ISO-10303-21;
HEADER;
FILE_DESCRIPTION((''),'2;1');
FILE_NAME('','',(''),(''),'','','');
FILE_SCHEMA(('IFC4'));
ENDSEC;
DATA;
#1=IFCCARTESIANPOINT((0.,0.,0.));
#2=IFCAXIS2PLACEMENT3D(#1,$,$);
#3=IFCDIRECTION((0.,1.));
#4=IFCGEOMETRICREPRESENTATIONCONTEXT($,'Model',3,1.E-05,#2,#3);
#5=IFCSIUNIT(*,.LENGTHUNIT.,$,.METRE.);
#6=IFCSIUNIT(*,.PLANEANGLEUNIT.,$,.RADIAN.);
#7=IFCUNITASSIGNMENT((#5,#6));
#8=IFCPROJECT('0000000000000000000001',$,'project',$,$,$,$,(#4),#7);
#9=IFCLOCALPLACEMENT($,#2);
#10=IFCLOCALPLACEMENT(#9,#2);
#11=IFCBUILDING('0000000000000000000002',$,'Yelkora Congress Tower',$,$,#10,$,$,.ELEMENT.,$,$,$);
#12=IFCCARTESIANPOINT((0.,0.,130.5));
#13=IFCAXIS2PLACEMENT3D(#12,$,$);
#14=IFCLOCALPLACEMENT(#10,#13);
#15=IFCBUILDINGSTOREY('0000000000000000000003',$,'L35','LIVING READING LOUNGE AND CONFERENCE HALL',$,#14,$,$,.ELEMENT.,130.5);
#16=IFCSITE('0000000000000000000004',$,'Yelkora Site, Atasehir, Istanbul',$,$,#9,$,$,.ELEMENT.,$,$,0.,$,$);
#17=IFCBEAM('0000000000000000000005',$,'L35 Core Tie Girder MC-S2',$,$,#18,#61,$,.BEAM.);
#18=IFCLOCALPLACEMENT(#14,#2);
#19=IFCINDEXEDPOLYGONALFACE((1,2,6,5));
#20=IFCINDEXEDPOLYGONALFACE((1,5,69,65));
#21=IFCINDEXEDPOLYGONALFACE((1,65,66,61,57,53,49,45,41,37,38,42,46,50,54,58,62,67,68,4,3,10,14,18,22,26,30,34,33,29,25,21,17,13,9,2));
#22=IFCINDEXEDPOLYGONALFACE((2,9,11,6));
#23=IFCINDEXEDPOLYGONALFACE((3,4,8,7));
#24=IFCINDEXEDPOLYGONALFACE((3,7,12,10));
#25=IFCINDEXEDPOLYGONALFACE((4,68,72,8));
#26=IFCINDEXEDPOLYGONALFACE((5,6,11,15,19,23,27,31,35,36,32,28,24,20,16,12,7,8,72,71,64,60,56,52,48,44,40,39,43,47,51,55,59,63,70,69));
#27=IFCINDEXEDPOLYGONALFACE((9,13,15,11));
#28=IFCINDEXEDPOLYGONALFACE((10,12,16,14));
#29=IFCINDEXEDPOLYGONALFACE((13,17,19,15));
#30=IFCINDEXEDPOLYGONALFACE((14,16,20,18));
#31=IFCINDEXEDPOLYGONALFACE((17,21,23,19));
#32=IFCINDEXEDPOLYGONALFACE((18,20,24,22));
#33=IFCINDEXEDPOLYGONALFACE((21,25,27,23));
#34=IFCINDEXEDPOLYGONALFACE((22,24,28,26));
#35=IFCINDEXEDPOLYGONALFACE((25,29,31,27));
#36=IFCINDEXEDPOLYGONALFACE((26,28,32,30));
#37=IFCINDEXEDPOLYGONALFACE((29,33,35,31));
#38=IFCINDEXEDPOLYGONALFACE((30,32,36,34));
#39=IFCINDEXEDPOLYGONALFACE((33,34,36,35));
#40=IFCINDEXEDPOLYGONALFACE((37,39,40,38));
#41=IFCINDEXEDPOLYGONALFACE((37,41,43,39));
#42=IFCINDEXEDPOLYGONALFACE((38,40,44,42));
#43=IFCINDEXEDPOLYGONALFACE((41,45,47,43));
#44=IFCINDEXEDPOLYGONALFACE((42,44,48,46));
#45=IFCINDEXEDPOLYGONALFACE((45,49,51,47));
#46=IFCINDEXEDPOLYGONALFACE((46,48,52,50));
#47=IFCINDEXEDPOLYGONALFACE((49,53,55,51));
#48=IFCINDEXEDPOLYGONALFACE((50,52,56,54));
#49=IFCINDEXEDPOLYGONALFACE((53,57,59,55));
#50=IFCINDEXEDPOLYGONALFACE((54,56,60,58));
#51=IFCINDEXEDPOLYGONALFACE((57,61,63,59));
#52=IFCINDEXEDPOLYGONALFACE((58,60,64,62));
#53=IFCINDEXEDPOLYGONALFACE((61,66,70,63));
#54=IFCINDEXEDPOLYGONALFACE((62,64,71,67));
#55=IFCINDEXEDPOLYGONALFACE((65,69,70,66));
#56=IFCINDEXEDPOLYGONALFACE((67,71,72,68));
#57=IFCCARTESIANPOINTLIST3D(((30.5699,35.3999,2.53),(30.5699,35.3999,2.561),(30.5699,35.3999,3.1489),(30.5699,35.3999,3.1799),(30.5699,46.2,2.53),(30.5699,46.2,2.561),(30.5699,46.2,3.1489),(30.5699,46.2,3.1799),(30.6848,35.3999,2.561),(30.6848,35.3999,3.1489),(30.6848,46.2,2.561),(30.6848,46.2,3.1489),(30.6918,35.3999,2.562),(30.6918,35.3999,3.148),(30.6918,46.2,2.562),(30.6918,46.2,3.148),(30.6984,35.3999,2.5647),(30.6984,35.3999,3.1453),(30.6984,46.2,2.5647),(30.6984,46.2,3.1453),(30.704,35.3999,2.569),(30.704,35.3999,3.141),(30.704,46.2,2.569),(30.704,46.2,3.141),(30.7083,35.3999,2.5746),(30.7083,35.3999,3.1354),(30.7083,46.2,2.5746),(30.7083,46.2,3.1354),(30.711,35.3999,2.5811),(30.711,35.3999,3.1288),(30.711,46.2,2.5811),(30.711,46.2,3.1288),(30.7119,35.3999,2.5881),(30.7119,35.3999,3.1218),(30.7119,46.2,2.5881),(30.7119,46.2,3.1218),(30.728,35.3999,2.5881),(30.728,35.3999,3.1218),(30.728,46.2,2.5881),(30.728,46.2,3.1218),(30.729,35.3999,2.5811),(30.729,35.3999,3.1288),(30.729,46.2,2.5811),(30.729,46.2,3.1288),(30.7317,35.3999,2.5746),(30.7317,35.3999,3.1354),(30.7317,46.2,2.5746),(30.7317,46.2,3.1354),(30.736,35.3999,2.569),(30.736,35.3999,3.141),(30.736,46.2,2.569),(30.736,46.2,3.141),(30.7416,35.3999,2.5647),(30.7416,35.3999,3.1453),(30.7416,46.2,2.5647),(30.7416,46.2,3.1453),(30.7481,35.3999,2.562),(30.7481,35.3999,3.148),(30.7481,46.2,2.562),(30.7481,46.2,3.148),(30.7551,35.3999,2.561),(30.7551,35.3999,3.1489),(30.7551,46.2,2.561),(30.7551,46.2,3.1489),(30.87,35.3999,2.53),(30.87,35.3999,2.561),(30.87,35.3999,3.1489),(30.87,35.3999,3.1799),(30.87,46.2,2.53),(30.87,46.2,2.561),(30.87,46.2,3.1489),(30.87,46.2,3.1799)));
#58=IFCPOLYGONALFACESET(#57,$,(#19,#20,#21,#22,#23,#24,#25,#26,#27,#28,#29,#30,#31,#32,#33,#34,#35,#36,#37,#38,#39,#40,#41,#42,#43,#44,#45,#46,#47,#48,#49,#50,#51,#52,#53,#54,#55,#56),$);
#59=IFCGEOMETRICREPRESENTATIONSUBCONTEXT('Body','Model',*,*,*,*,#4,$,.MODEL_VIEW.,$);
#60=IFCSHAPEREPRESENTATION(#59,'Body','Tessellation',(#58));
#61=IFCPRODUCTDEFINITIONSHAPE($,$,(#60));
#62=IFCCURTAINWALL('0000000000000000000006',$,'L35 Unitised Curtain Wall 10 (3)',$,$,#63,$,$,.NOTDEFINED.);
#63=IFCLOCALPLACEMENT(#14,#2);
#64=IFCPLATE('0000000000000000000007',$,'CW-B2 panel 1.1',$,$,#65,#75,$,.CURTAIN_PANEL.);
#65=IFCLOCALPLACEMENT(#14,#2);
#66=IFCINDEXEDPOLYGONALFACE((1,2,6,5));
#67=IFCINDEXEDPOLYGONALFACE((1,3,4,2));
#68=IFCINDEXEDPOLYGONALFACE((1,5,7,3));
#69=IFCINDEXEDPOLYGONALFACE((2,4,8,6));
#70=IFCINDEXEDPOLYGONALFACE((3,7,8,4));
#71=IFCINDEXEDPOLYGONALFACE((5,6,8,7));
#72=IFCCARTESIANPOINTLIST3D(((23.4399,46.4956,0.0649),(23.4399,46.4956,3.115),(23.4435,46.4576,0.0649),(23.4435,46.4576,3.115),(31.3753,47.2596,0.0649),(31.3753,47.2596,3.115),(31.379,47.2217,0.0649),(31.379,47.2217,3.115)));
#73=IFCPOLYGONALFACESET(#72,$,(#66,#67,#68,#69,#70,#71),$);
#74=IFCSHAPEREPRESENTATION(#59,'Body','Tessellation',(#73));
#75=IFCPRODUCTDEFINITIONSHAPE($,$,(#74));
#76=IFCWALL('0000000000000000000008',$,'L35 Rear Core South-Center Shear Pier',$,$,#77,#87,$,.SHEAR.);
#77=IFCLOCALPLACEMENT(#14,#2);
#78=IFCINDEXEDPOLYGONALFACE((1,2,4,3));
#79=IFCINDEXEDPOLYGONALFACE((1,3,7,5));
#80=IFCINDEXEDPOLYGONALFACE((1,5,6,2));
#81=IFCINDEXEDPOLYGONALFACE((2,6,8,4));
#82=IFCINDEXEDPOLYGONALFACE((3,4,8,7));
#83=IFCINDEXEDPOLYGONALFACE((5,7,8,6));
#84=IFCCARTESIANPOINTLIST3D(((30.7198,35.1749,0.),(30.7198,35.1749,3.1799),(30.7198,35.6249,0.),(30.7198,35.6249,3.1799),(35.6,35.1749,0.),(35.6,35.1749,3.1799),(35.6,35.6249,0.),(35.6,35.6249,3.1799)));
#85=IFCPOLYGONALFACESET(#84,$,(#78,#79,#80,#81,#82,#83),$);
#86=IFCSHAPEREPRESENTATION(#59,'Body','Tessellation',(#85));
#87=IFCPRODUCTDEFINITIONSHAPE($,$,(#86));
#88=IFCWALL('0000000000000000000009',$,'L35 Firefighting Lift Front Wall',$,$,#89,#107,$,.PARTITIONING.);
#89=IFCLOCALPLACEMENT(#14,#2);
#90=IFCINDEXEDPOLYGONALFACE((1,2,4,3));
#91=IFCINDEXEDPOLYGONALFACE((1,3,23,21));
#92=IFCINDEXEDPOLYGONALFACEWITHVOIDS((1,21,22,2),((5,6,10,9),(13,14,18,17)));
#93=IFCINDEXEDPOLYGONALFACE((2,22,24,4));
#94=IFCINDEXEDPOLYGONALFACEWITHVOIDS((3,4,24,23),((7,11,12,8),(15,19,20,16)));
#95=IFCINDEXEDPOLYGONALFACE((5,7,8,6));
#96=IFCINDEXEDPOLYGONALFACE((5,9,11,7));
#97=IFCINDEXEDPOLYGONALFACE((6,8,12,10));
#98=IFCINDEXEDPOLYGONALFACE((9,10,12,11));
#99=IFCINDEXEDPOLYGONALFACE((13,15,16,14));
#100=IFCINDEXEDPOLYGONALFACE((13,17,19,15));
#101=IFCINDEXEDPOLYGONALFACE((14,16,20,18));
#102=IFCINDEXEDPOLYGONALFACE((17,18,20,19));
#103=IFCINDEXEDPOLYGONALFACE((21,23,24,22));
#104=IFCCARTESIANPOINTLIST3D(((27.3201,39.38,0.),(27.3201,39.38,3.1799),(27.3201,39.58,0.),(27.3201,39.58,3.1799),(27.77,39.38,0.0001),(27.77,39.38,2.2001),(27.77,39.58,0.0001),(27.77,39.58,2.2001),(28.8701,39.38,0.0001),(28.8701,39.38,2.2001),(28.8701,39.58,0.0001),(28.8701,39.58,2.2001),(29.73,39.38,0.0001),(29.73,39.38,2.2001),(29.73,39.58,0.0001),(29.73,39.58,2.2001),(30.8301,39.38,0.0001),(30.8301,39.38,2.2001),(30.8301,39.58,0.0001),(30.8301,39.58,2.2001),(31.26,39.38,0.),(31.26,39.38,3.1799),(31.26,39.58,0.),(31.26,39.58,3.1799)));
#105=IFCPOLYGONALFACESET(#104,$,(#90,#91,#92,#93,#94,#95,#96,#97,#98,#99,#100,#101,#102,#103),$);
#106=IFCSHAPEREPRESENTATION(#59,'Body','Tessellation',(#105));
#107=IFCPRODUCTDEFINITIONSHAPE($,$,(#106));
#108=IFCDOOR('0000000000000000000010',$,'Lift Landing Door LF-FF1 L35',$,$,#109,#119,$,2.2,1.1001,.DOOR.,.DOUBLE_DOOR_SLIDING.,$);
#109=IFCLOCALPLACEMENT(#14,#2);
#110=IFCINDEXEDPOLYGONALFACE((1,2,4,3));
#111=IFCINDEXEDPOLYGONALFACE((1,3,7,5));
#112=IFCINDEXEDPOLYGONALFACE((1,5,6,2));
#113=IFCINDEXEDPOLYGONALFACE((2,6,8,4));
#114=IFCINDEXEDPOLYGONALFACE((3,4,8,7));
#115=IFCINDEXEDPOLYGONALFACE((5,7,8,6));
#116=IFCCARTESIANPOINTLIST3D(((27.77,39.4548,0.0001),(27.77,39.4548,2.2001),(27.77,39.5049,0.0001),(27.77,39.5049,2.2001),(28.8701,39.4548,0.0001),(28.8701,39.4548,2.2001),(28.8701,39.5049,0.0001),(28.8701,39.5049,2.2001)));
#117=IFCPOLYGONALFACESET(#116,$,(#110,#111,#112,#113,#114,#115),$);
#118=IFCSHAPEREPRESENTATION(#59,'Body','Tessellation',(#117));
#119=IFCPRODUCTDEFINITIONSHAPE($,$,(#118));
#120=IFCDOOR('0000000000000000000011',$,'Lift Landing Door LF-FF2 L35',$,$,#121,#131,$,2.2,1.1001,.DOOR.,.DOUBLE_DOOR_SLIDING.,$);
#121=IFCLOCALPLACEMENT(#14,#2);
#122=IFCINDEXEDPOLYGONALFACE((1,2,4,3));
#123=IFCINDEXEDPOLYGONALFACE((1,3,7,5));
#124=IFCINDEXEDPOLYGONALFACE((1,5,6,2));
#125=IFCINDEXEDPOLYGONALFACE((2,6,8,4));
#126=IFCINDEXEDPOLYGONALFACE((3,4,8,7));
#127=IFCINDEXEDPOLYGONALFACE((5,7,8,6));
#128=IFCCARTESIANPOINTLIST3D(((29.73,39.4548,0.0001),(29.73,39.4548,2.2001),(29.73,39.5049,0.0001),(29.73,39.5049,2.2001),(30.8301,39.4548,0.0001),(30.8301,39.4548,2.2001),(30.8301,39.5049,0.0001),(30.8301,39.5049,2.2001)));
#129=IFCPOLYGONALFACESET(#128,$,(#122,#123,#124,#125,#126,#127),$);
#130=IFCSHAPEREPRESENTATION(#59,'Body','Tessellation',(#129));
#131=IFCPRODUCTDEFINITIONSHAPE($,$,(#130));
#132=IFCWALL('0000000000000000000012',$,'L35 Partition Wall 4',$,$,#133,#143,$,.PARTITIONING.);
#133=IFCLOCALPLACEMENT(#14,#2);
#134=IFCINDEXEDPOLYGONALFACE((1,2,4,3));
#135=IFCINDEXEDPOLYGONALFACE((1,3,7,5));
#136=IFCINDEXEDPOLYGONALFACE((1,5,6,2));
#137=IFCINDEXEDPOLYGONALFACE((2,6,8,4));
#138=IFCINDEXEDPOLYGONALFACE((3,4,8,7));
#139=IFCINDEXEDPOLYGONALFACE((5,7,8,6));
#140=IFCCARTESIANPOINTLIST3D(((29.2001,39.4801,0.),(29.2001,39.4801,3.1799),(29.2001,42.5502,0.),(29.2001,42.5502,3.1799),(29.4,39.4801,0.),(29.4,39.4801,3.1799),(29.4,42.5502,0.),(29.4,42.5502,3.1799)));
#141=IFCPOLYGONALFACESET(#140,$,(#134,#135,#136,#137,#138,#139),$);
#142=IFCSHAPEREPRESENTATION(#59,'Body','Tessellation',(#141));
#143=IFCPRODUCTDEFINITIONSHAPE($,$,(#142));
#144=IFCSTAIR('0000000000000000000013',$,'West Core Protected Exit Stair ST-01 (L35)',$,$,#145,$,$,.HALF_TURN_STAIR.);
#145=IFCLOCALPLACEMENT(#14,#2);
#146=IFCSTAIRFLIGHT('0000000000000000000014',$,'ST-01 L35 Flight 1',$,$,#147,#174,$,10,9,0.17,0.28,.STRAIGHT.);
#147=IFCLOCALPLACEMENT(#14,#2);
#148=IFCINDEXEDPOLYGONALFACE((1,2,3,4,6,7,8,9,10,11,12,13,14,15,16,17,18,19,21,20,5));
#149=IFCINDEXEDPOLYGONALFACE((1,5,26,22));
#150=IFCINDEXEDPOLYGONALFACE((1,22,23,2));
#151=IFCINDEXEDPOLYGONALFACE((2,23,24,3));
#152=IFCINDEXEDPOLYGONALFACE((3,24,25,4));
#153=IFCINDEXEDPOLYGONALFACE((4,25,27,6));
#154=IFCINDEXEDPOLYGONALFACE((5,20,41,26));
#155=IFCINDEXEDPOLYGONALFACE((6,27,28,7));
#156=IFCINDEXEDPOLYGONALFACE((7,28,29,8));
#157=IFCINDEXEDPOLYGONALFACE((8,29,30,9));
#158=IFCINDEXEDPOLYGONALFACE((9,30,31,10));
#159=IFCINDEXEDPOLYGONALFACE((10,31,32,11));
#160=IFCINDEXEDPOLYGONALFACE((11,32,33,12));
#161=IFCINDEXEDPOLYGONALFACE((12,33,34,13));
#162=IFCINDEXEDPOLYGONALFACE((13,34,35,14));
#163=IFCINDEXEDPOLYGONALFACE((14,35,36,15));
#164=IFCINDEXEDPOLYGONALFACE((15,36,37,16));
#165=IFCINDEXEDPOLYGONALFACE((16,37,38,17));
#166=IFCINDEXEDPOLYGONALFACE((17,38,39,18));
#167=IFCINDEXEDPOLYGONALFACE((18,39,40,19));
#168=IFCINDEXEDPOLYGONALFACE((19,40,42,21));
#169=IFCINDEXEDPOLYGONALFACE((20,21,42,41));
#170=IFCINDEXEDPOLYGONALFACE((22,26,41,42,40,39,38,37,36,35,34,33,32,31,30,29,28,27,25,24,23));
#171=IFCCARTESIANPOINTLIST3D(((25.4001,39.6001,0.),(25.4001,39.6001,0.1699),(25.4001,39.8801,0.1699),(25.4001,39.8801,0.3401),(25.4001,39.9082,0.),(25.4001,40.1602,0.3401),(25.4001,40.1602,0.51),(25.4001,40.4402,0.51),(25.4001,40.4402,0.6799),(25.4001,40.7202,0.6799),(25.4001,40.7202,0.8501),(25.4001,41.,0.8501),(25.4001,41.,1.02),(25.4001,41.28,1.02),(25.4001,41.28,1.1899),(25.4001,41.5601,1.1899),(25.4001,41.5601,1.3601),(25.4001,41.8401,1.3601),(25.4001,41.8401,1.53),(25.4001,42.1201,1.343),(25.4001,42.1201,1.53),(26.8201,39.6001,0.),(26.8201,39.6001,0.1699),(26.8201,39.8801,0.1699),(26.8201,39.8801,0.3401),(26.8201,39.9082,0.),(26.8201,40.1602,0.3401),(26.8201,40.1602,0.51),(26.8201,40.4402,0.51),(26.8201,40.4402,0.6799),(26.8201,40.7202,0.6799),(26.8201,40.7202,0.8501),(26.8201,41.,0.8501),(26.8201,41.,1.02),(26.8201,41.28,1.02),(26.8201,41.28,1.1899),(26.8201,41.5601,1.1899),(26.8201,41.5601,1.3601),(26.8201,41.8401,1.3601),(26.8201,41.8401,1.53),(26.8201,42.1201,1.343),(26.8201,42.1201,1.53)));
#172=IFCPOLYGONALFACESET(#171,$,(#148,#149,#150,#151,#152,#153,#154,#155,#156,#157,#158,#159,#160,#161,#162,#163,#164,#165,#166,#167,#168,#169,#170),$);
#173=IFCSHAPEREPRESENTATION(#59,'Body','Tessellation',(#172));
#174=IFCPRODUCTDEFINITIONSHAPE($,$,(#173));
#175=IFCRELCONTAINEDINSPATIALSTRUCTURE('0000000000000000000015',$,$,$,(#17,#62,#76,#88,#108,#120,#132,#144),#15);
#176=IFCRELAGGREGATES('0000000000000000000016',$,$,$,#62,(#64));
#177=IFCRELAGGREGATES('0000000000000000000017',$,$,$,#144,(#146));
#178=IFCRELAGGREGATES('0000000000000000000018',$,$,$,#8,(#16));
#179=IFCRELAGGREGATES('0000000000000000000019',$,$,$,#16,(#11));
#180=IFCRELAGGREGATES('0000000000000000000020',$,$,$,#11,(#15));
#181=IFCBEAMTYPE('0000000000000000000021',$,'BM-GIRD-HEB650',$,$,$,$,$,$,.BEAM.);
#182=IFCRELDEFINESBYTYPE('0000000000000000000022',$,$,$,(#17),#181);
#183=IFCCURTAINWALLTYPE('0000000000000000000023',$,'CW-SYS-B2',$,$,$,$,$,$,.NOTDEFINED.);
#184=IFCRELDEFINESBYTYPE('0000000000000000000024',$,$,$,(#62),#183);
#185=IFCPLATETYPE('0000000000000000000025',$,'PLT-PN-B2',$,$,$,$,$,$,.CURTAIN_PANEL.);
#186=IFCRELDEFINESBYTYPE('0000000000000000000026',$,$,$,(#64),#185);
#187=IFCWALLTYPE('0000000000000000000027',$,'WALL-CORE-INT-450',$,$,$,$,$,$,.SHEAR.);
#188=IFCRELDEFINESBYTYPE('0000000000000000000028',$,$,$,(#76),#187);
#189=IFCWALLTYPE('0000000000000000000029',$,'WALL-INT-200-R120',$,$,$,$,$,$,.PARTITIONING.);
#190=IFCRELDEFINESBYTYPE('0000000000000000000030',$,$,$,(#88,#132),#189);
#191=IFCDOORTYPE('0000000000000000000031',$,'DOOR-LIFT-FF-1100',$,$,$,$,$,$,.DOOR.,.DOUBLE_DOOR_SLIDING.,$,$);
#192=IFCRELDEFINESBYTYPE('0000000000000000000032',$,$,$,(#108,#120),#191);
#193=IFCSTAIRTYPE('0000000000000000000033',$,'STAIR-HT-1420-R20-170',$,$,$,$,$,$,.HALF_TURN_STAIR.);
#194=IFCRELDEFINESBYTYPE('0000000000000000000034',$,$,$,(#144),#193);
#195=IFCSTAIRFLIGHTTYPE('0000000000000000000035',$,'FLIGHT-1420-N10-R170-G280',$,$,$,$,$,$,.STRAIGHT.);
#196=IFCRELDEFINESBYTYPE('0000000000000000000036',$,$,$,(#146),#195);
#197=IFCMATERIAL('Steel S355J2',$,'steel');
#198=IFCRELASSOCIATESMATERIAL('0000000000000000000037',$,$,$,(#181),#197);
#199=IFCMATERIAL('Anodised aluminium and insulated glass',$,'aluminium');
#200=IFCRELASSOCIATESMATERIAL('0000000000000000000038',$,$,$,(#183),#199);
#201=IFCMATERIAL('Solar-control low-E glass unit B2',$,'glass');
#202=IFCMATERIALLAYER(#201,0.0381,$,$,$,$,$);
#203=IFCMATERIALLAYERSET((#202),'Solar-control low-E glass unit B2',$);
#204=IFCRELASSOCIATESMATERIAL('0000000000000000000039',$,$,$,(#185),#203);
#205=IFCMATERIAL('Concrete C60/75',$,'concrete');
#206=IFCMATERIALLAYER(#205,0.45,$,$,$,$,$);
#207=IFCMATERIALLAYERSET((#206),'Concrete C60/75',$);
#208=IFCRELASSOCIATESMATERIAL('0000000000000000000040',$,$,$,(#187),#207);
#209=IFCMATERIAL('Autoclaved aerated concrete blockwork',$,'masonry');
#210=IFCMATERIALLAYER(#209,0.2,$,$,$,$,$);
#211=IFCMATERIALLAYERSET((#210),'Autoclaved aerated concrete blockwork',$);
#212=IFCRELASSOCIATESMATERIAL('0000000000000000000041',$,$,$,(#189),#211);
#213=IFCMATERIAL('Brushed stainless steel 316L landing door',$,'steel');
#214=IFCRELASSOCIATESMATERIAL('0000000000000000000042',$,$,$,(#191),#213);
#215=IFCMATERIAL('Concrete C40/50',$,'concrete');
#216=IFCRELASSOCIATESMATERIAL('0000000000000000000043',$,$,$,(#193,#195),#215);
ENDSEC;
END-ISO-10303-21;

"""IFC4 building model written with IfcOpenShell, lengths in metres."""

from ifc_helpers import new_model, si_unit, direction, frame, frame_2d, origin, origin_2d, place, context, subcontext, project, spatial, polyline, rectangle, i_section, outline, extrude, material, layer, layer_set, material_profile, profile_set, type_object, element, fill, aggregate, save


model = new_model("IFC4")

# Units and contexts
model_context = context("Model", 3, precision=1e-05, world=origin(), true_north=direction((0.0, 1.0)))
body_context = subcontext(model_context, "Body", "Model", "MODEL_VIEW")
ifc_project = project(units=[si_unit("LENGTHUNIT", "METRE"), si_unit("PLANEANGLEUNIT", "RADIAN")], contexts=[model_context])

# Site, building, storey
site_placement = place(None, origin())
site = spatial("IfcSite", under=ifc_project, at=site_placement, Name="Yelkora Site, Atasehir, Istanbul", CompositionType="ELEMENT", RefElevation=0.0)
building_placement = place(site_placement, origin())
building = spatial("IfcBuilding", under=site, at=building_placement, Name="Yelkora Congress Tower", CompositionType="ELEMENT")
storey_placement = place(building_placement, frame((0.0, 0.0, 130.5)))
storey = spatial("IfcBuildingStorey", under=building, at=storey_placement, Name="L35", Description="LIVING READING LOUNGE AND CONFERENCE HALL", CompositionType="ELEMENT", Elevation=130.5)

# Beam
ifc_material_1 = material(Name="Steel S355J2", Category="steel")
ifc_material_profile_1 = material_profile(ifc_material_1, i_section(OverallWidth=0.3, OverallDepth=0.6499, WebThickness=0.0161, FlangeThickness=0.031, FilletRadius=0.0271, at=origin_2d()), Name="HEB 650")
ifc_profile_set_1 = profile_set([ifc_material_profile_1], Name="Steel S355J2")
beam_type = type_object("IfcBeamType", Name="BM-GIRD-HEB650", PredefinedType="BEAM", material=ifc_profile_set_1)
beam_placement = place(storey_placement, frame((30.72, 35.3999, 2.855), z_axis=(0.0, 1.0, 0.0), x_axis=(-1.0, 0.0, 0.0)))
element("IfcBeam", 1, at=beam_placement, inside=storey, type_object=beam_type, Name="L35 Core Tie Girder MC-S2", PredefinedType="BEAM", context=body_context, shape_type="SweptSolid", body=[
    extrude(i_section(OverallWidth=0.3, OverallDepth=0.6499, WebThickness=0.0161, FlangeThickness=0.031, FilletRadius=0.0271, at=origin_2d()), origin(), (0.0, 0.0, 1.0), 10.8),
])

# Curtain wall, plate
ifc_material_2 = material(Name="Anodised aluminium and insulated glass", Category="aluminium")
curtain_wall_type = type_object("IfcCurtainWallType", Name="CW-SYS-B2", PredefinedType="NOTDEFINED", material=ifc_material_2)
curtain_wall_placement = place(storey_placement, origin())
curtain_wall = element("IfcCurtainWall", 2, at=curtain_wall_placement, inside=storey, type_object=curtain_wall_type, Name="L35 Unitised Curtain Wall 10 (3)", PredefinedType="NOTDEFINED")
ifc_material_3 = material(Name="Solar-control low-E glass unit B2", Category="glass")
ifc_layer_1 = layer(ifc_material_3, 0.0381)
ifc_layer_set_1 = layer_set([ifc_layer_1], Name="Solar-control low-E glass unit B2")
plate_type = type_object("IfcPlateType", Name="PLT-PN-B2", PredefinedType="CURTAIN_PANEL", material=ifc_layer_set_1)
plate_placement = place(storey_placement, frame((27.4094, 46.8586, 0.0649), z_axis=(0.0, 0.0, 1.0), x_axis=(0.995396, 0.095844, 0.0)))
plate = element("IfcPlate", 3, at=plate_placement, type_object=plate_type, Name="CW-B2 panel 1.1", PredefinedType="CURTAIN_PANEL", context=body_context, shape_type="SweptSolid", body=[
    extrude(rectangle(XDim=7.9722, YDim=0.0381, at=origin_2d()), origin(), (0.0, 0.0, 1.0), 3.05),
])
aggregate(curtain_wall, [plate])

# Wall
ifc_material_4 = material(Name="Concrete C60/75", Category="concrete")
ifc_layer_2 = layer(ifc_material_4, 0.45)
ifc_layer_set_2 = layer_set([ifc_layer_2], Name="Concrete C60/75")
wall_type_1 = type_object("IfcWallType", Name="WALL-CORE-INT-450", PredefinedType="SHEAR", material=ifc_layer_set_2)
wall_1_placement = place(storey_placement, frame((30.72, 35.3999, 0.0), z_axis=(0.0, 0.0, 1.0), x_axis=(1.0, 0.0, 0.0)))
element("IfcWall", 4, at=wall_1_placement, inside=storey, type_object=wall_type_1, Name="L35 Rear Core South-Center Shear Pier", PredefinedType="SHEAR", context=body_context, shape_type="SweptSolid", body=[
    extrude(rectangle(XDim=4.8801, YDim=0.45, at=frame_2d((2.4399, 0.0))), origin(), (0.0, 0.0, 1.0), 3.1799),
])

# Shared definitions
ifc_material_5 = material(Name="Autoclaved aerated concrete blockwork", Category="masonry")
ifc_layer_3 = layer(ifc_material_5, 0.2)
ifc_layer_set_3 = layer_set([ifc_layer_3], Name="Autoclaved aerated concrete blockwork")
wall_type_2 = type_object("IfcWallType", Name="WALL-INT-200-R120", PredefinedType="PARTITIONING", material=ifc_layer_set_3)

# Wall, openings, doors
wall_2_placement = place(storey_placement, frame((27.3201, 39.48, 0.0), z_axis=(0.0, 0.0, 1.0), x_axis=(1.0, 0.0, 0.0)))
wall_2 = element("IfcWall", 5, at=wall_2_placement, inside=storey, type_object=wall_type_2, Name="L35 Firefighting Lift Front Wall", PredefinedType="PARTITIONING", context=body_context, shape_type="SweptSolid", body=[
    extrude(rectangle(XDim=3.9399, YDim=0.2, at=frame_2d((1.97, 0.0))), origin(), (0.0, 0.0, 1.0), 3.1799),
])
opening_1_placement = place(wall_2_placement, frame((0.45, 0.0, 0.0)))
opening_1 = element("IfcOpeningElement", 6, at=opening_1_placement, cuts=wall_2, PredefinedType="OPENING", context=body_context, shape_type="SweptSolid", body=[
    extrude(rectangle(XDim=1.1001, YDim=2.2, at=frame_2d((0.55, 1.1001))), frame((0.0, 0.1099, 0.0), z_axis=(0.0, -1.0, 0.0), x_axis=(1.0, 0.0, 0.0)), (0.0, 0.0, 1.0), 0.22),
])
opening_2_placement = place(wall_2_placement, frame((2.4099, 0.0, 0.0)))
opening_2 = element("IfcOpeningElement", 7, at=opening_2_placement, cuts=wall_2, PredefinedType="OPENING", context=body_context, shape_type="SweptSolid", body=[
    extrude(rectangle(XDim=1.1001, YDim=2.2, at=frame_2d((0.55, 1.1001))), frame((0.0, 0.1099, 0.0), z_axis=(0.0, -1.0, 0.0), x_axis=(1.0, 0.0, 0.0)), (0.0, 0.0, 1.0), 0.22),
])
ifc_material_6 = material(Name="Brushed stainless steel 316L landing door", Category="steel")
door_type_1 = type_object("IfcDoorType", Name="DOOR-LIFT-FF-1100", OperationType="DOUBLE_DOOR_SLIDING", PredefinedType="DOOR", material=ifc_material_6)
door_1_placement = place(opening_1_placement, origin())
door_1 = element("IfcDoor", 8, at=door_1_placement, inside=storey, type_object=door_type_1, Name="Lift Landing Door LF-FF1 L35", OperationType="DOUBLE_DOOR_SLIDING", OverallHeight=2.2, OverallWidth=1.1001, PredefinedType="DOOR", context=body_context, shape_type="SweptSolid", body=[
    extrude(rectangle(XDim=1.1001, YDim=2.2, at=frame_2d((0.55, 1.1001))), frame((0.0, 0.0249, 0.0), z_axis=(0.0, -1.0, 0.0), x_axis=(1.0, 0.0, 0.0)), (0.0, 0.0, 1.0), 0.05),
])
fill(opening_1, door_1)
door_2_placement = place(opening_2_placement, origin())
door_2 = element("IfcDoor", 9, at=door_2_placement, inside=storey, type_object=door_type_1, Name="Lift Landing Door LF-FF2 L35", OperationType="DOUBLE_DOOR_SLIDING", OverallHeight=2.2, OverallWidth=1.1001, PredefinedType="DOOR", context=body_context, shape_type="SweptSolid", body=[
    extrude(rectangle(XDim=1.1001, YDim=2.2, at=frame_2d((0.55, 1.1001))), frame((0.0, 0.0249, 0.0), z_axis=(0.0, -1.0, 0.0), x_axis=(1.0, 0.0, 0.0)), (0.0, 0.0, 1.0), 0.05),
])
fill(opening_2, door_2)

# Wall
wall_3_placement = place(storey_placement, frame((29.3, 39.48, 0.0), z_axis=(0.0, 0.0, 1.0), x_axis=(0.0, 1.0, 0.0)))
element("IfcWall", 10, at=wall_3_placement, inside=storey, type_object=wall_type_2, Name="L35 Partition Wall 4", PredefinedType="PARTITIONING", context=body_context, shape_type="SweptSolid", body=[
    extrude(rectangle(XDim=3.0701, YDim=0.2, at=frame_2d((1.5352, 0.0))), origin(), (0.0, 0.0, 1.0), 3.1799),
])

# Stair, stair flight
ifc_material_7 = material(Name="Concrete C40/50", Category="concrete")
stair_type = type_object("IfcStairType", Name="STAIR-HT-1420-R20-170", PredefinedType="HALF_TURN_STAIR", material=ifc_material_7)
stair_placement = place(storey_placement, origin())
stair = element("IfcStair", 11, at=stair_placement, inside=storey, type_object=stair_type, Name="West Core Protected Exit Stair ST-01 (L35)", PredefinedType="HALF_TURN_STAIR")
stair_flight_type = type_object("IfcStairFlightType", Name="FLIGHT-1420-N10-R170-G280", PredefinedType="STRAIGHT", material=ifc_material_7)
stair_flight_placement = place(storey_placement, frame((26.1101, 39.6001, 0.0), z_axis=(0.0, 0.0, 1.0), x_axis=(0.0, 1.0, 0.0)))
stair_flight = element("IfcStairFlight", 12, at=stair_flight_placement, type_object=stair_flight_type, Name="ST-01 L35 Flight 1", NumberOfRisers=10, NumberOfTreads=9, PredefinedType="STRAIGHT", RiserHeight=0.17, TreadLength=0.28, context=body_context, shape_type="SweptSolid", body=[
    extrude(outline(polyline([(0.0, 0.0), (0.0, 0.1699), (0.28, 0.1699), (0.28, 0.3401), (0.5601, 0.3401), (0.5601, 0.51), (0.8401, 0.51), (0.8401, 0.6799), (1.1201, 0.6799), (1.1201, 0.8501), (1.3999, 0.8501), (1.3999, 1.02), (1.6799, 1.02), (1.6799, 1.1899), (1.96, 1.1899), (1.96, 1.3601), (2.24, 1.3601), (2.24, 1.53), (2.52, 1.53), (2.52, 1.7), (2.52, 1.343), (0.3081, 0.0), (0.0, 0.0)])), frame((0.0, 0.71, 0.0), z_axis=(0.0, -1.0, 0.0), x_axis=(1.0, 0.0, 0.0)), (0.0, 0.0, 1.0), 1.4199),
])
aggregate(stair, [stair_flight])

save(model, "model.ifc")
